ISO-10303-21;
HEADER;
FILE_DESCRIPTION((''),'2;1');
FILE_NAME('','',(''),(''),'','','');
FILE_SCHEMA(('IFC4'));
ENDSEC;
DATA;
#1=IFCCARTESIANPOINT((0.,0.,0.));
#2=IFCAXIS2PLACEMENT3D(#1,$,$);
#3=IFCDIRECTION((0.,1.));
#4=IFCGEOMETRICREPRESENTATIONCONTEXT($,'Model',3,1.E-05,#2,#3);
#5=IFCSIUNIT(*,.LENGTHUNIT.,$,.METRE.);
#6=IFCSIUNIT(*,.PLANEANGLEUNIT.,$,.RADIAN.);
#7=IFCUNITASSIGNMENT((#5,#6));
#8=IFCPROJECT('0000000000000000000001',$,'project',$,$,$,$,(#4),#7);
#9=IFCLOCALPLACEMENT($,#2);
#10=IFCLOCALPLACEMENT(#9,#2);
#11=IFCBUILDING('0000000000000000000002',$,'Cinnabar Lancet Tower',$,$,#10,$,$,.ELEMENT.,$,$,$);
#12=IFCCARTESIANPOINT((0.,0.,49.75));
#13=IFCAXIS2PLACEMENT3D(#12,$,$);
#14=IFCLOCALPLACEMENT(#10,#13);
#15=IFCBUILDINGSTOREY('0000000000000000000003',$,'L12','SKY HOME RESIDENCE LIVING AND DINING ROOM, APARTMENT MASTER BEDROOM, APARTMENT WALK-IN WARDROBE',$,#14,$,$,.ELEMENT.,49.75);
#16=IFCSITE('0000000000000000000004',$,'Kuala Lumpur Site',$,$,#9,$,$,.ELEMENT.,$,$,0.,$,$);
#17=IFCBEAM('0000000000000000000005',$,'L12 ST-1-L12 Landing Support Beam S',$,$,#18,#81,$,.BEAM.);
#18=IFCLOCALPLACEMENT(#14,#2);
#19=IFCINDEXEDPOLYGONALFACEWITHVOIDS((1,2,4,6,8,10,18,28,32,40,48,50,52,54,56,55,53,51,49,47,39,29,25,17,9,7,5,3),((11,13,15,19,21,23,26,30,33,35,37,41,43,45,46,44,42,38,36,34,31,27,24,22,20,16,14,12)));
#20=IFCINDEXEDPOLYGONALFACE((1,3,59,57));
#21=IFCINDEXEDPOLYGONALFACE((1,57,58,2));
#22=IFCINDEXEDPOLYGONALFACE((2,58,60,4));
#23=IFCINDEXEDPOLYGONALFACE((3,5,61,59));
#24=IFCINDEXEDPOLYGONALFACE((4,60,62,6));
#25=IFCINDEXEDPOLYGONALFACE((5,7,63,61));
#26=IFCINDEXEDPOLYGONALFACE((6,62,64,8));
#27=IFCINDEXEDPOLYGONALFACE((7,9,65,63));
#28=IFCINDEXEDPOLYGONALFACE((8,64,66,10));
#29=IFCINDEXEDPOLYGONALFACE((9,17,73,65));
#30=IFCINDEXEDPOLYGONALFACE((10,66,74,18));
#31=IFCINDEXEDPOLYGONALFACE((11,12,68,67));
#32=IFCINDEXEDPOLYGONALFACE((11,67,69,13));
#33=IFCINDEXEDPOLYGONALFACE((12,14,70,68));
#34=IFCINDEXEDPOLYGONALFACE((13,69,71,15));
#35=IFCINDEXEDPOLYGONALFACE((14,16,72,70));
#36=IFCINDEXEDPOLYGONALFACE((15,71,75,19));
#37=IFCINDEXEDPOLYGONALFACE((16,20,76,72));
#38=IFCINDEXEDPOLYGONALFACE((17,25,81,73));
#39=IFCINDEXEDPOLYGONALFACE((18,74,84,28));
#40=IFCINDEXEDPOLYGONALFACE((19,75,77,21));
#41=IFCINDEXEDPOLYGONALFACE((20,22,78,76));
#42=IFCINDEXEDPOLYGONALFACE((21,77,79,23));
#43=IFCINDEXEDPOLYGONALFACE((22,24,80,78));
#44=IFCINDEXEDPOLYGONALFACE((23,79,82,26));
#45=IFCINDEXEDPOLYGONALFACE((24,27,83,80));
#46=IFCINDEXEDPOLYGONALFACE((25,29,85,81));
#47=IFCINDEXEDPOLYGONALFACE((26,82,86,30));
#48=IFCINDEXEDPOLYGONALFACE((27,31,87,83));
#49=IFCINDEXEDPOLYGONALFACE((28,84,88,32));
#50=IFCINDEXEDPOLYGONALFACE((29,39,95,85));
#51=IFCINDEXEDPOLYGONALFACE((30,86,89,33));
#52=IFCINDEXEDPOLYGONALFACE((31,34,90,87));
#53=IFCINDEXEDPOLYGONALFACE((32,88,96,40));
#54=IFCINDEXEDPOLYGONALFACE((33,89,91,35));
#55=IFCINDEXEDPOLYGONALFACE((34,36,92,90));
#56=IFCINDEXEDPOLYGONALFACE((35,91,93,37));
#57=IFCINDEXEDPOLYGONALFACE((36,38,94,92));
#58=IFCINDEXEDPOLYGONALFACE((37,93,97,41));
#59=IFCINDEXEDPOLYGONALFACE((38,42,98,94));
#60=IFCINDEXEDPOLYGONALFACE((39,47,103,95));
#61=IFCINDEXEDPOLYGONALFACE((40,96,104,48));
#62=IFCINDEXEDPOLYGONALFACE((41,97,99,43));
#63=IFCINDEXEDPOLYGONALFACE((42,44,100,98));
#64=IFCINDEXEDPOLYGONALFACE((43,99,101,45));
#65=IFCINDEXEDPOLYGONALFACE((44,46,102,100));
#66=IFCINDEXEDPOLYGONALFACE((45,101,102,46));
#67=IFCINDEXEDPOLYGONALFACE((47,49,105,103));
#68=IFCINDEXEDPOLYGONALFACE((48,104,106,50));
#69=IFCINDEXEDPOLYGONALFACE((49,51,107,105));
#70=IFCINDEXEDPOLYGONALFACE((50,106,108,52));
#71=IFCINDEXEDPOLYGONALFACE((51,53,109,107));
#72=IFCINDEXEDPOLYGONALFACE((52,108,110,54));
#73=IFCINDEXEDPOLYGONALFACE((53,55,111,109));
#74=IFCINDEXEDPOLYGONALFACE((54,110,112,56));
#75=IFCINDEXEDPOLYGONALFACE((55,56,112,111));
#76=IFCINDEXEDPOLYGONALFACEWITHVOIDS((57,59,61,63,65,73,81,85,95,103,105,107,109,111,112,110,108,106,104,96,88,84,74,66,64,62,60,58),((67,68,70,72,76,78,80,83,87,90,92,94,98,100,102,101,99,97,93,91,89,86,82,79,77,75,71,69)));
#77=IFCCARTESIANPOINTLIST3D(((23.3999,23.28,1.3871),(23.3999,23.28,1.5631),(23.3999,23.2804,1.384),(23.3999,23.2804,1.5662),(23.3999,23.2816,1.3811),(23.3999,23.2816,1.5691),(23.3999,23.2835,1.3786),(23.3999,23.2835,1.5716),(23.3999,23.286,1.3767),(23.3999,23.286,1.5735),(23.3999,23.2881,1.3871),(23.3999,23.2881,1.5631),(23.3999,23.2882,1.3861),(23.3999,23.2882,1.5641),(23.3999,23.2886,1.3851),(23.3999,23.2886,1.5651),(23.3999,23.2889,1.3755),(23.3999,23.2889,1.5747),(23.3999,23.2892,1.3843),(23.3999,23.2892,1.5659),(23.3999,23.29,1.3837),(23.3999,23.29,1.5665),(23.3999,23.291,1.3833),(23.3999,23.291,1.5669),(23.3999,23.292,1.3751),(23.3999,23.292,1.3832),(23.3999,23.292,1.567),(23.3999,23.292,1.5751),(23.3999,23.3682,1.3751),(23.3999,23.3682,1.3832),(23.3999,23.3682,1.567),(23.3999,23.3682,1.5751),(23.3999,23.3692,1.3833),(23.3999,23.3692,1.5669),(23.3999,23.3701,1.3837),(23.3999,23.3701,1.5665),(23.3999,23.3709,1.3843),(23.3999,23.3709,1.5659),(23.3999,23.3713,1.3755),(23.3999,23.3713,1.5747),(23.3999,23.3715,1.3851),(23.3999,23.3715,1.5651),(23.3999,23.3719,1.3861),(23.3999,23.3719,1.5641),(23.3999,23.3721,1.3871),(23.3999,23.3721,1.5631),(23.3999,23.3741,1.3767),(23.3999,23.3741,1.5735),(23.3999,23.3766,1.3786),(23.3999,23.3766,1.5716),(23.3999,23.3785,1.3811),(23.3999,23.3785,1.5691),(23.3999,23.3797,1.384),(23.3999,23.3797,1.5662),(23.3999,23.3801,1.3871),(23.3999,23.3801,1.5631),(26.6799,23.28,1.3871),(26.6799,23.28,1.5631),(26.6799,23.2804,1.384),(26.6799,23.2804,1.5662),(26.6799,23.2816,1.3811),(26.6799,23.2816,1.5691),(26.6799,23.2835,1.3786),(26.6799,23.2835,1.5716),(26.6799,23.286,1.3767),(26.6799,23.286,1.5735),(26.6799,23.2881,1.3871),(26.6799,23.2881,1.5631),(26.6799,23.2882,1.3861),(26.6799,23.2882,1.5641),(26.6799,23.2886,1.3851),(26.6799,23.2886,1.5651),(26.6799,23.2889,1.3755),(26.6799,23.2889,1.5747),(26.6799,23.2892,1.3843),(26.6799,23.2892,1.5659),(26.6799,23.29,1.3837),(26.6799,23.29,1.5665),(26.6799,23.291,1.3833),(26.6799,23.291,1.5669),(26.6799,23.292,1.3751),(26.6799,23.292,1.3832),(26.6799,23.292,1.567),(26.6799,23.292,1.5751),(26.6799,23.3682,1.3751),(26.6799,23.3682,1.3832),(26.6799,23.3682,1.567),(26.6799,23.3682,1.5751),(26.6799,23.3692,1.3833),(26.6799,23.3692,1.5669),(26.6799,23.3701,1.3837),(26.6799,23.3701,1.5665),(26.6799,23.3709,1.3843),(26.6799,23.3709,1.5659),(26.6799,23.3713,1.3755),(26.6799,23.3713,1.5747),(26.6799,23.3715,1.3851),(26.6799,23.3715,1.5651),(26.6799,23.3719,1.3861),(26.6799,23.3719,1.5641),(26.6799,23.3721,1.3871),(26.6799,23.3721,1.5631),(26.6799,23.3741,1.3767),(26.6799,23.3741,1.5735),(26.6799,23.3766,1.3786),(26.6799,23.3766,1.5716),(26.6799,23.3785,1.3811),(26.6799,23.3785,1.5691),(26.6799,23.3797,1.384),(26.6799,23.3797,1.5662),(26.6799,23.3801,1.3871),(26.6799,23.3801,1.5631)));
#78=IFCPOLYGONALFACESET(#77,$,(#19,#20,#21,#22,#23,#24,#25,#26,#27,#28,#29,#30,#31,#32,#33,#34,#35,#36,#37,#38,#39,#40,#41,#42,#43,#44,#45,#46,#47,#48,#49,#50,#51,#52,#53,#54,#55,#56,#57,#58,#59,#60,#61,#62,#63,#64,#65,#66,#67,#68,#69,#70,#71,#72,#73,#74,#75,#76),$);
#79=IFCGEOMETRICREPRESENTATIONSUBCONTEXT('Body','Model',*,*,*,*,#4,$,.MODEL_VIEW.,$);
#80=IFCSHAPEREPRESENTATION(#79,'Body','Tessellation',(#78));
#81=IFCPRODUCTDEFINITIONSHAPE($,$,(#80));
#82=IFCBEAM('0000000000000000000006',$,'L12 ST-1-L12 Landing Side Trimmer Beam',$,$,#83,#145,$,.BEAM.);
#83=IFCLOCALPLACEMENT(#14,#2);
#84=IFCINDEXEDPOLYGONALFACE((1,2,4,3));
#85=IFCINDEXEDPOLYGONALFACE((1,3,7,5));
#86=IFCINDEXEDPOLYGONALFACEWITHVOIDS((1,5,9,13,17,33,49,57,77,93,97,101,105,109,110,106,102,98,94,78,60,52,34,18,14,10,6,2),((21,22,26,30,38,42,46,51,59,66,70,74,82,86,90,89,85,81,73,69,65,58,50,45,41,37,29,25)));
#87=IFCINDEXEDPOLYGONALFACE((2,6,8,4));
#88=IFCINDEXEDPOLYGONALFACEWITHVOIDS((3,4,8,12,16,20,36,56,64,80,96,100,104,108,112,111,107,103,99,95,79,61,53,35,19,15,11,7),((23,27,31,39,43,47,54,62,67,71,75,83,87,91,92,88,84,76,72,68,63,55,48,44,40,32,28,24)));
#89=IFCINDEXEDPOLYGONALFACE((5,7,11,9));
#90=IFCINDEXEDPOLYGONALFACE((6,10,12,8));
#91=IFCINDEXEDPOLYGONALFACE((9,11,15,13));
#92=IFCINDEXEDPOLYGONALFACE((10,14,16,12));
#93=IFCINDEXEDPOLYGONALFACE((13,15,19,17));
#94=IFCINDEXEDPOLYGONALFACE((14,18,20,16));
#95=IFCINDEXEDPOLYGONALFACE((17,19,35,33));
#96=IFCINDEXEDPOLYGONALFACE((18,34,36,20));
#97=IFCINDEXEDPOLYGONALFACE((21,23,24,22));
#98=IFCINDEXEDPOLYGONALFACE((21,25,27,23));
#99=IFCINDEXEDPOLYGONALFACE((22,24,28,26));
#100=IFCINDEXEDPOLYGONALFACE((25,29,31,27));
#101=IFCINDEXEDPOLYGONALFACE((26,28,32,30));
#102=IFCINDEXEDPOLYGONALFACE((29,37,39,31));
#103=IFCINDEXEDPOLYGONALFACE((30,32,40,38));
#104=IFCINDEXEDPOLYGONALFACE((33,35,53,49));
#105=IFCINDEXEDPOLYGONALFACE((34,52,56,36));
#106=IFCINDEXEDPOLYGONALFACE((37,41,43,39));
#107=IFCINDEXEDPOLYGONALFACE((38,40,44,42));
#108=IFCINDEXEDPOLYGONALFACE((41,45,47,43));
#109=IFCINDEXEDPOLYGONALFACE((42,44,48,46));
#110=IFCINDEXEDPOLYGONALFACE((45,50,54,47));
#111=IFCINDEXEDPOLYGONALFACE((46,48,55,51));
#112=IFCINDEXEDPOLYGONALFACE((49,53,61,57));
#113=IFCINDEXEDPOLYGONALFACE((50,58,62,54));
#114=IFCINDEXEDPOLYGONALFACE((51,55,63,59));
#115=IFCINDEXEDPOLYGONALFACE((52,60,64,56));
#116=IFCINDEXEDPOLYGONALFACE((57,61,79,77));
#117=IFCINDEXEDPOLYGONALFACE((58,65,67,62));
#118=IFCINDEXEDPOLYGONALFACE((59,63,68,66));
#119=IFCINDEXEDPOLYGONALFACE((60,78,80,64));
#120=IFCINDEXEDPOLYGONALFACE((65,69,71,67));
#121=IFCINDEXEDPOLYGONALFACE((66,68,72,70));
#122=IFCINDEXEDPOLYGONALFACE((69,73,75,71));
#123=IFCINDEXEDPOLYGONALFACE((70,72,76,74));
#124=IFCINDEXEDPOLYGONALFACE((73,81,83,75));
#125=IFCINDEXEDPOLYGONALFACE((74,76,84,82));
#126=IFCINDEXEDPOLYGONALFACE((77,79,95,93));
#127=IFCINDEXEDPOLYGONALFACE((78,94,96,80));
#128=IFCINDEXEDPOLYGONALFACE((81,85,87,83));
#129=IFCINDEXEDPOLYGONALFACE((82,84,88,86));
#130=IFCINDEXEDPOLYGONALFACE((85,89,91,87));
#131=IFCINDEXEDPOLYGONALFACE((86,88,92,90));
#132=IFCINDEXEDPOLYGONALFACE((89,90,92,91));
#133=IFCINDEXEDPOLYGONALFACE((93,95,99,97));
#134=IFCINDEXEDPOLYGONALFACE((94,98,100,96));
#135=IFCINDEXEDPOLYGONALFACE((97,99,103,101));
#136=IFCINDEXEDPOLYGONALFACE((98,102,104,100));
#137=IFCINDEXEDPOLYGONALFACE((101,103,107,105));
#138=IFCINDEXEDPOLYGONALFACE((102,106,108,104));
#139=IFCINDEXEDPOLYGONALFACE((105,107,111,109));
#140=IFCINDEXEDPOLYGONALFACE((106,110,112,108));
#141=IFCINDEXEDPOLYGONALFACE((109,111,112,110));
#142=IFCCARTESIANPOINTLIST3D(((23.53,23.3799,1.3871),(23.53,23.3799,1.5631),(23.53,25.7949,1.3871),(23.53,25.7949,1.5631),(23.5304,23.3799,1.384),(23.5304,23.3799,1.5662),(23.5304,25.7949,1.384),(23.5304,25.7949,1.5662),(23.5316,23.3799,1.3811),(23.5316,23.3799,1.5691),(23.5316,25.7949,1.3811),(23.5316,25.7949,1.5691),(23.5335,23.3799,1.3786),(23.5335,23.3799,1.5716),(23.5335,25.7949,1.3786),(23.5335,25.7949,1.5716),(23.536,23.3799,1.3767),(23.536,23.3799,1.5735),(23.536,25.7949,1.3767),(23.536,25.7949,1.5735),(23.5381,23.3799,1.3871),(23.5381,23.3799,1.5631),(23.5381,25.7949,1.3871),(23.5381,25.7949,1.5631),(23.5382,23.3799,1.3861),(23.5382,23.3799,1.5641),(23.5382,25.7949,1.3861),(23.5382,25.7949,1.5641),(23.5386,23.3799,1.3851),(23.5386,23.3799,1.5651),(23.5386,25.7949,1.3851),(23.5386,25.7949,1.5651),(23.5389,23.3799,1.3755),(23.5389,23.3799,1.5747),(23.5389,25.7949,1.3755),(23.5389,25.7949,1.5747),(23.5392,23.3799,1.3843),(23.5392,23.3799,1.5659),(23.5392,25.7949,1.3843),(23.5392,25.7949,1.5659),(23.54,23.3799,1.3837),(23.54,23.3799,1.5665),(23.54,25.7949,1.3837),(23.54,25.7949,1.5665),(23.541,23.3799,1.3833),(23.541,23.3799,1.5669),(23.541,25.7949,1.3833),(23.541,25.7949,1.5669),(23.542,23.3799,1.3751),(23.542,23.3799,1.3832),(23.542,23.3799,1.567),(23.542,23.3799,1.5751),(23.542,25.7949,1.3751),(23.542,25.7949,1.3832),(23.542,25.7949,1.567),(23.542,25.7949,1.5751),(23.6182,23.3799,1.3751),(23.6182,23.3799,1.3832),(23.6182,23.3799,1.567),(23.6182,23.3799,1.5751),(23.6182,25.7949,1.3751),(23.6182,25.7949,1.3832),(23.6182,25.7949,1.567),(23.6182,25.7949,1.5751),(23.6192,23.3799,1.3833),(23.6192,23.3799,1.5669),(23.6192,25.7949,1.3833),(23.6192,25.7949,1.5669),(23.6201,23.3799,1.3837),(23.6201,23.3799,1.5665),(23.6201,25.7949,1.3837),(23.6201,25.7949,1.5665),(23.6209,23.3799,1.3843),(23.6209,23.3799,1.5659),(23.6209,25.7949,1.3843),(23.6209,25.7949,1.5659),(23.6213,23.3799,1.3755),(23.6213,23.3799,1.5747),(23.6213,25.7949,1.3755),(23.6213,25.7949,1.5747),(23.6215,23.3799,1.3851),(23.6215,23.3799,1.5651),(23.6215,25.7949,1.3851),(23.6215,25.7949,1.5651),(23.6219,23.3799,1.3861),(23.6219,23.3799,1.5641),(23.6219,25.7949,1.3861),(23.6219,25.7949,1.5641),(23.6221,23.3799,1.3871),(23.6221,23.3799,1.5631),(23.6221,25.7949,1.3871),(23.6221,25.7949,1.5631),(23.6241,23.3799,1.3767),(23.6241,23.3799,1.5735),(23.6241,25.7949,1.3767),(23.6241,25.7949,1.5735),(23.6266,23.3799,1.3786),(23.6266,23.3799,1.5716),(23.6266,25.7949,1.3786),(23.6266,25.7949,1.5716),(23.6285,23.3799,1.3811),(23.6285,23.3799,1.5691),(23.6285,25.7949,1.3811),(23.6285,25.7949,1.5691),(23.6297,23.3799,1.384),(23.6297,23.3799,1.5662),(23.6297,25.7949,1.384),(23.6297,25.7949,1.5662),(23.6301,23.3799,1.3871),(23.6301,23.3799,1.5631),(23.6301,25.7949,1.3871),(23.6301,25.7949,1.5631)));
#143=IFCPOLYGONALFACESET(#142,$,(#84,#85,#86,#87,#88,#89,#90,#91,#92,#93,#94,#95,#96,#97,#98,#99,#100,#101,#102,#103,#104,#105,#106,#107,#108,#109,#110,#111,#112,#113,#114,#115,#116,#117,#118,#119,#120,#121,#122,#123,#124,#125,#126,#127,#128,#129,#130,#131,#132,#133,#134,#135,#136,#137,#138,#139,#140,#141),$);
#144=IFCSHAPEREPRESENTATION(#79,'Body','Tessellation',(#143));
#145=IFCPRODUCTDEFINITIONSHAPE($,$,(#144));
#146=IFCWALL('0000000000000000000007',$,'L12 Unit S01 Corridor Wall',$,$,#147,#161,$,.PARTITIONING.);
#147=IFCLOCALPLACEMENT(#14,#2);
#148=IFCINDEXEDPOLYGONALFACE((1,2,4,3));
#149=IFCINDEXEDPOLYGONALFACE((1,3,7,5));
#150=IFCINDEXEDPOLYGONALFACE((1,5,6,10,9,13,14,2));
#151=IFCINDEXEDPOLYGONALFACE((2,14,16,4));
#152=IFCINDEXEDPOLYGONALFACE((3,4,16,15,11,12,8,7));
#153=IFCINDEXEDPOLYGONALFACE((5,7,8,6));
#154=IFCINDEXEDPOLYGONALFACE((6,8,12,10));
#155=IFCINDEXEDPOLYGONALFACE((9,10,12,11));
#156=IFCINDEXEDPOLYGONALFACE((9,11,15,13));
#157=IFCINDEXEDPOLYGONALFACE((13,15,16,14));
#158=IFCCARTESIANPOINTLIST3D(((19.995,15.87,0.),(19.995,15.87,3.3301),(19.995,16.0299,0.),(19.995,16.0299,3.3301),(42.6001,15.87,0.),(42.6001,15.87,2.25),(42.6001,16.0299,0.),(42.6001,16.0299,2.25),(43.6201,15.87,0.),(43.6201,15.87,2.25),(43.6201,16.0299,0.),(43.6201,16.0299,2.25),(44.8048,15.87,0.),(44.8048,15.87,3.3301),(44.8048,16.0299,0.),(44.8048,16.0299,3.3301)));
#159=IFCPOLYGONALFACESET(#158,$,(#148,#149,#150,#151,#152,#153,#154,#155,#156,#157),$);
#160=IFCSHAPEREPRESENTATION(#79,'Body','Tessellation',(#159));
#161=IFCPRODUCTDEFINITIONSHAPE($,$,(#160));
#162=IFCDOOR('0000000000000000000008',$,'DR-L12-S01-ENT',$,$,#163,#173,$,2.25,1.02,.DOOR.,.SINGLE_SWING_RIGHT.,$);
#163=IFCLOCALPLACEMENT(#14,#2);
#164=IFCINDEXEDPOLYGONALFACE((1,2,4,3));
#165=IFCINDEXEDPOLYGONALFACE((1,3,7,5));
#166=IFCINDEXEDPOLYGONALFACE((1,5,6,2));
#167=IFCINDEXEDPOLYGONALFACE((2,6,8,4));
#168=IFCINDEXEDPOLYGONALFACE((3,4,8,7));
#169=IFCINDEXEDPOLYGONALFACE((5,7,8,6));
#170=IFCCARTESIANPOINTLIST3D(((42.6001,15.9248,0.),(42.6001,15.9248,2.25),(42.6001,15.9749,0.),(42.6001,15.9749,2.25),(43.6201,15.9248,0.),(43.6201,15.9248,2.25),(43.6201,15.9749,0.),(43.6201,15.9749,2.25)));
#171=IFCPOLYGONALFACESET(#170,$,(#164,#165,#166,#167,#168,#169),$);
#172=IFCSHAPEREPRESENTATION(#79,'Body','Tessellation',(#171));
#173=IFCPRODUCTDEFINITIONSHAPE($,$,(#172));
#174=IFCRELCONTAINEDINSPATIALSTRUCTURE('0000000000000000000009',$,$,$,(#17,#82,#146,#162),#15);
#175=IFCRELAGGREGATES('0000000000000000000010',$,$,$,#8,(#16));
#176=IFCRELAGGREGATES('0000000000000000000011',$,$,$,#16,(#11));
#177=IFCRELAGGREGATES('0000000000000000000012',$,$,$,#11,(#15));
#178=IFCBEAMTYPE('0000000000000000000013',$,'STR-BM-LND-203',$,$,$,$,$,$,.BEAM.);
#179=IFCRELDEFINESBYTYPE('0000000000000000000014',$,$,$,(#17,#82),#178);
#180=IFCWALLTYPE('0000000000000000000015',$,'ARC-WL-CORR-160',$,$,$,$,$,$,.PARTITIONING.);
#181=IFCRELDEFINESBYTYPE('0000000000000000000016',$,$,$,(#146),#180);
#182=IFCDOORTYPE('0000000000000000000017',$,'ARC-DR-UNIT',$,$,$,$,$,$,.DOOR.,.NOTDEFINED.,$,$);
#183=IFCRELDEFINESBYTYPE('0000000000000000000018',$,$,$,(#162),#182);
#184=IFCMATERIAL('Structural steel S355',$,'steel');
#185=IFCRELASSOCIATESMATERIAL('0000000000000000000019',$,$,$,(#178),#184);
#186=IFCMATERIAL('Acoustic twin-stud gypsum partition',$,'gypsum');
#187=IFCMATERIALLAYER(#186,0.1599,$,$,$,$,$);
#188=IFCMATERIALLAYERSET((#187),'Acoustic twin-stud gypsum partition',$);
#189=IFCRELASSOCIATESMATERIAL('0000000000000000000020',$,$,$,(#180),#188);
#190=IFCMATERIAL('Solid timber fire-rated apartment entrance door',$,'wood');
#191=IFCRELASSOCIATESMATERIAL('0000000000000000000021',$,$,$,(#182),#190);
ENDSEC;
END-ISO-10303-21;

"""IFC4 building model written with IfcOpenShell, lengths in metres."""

from ifc_helpers import new_model, si_unit, direction, frame, frame_2d, origin, origin_2d, place, context, subcontext, project, spatial, rectangle, hollow_rectangle, extrude, material, layer, layer_set, material_profile, profile_set, type_object, element, fill, save


model = new_model("IFC4")

# Units and contexts
model_context = context("Model", 3, precision=1e-05, world=origin(), true_north=direction((0.0, 1.0)))
body_context = subcontext(model_context, "Body", "Model", "MODEL_VIEW")
ifc_project = project(units=[si_unit("LENGTHUNIT", "METRE"), si_unit("PLANEANGLEUNIT", "RADIAN")], contexts=[model_context])

# Site, building, storey
site_placement = place(None, origin())
site = spatial("IfcSite", under=ifc_project, at=site_placement, Name="Kuala Lumpur Site", CompositionType="ELEMENT", RefElevation=0.0)
building_placement = place(site_placement, origin())
building = spatial("IfcBuilding", under=site, at=building_placement, Name="Cinnabar Lancet Tower", CompositionType="ELEMENT")
storey_placement = place(building_placement, frame((0.0, 0.0, 49.75)))
storey = spatial("IfcBuildingStorey", under=building, at=storey_placement, Name="L12", Description="SKY HOME RESIDENCE LIVING AND DINING ROOM, APARTMENT MASTER BEDROOM, APARTMENT WALK-IN WARDROBE", CompositionType="ELEMENT", Elevation=49.75)

# Beams
ifc_material_1 = material(Name="Structural steel S355", Category="steel")
ifc_material_profile_1 = material_profile(ifc_material_1, hollow_rectangle(XDim=0.1001, YDim=0.2, WallThickness=0.0081, InnerFilletRadius=0.0039, OuterFilletRadius=0.012, at=origin_2d()), Name="RHS 200x100x8")
ifc_profile_set_1 = profile_set([ifc_material_profile_1], Name="Structural steel S355")
beam_type_1 = type_object("IfcBeamType", Name="STR-BM-LND-203", PredefinedType="BEAM", material=ifc_profile_set_1)
beam_1_placement = place(storey_placement, frame((23.3999, 23.3301, 1.4751), z_axis=(1.0, 0.0, 0.0), x_axis=(0.0, 1.0, 0.0)))
element("IfcBeam", 1, at=beam_1_placement, inside=storey, type_object=beam_type_1, Name="L12 ST-1-L12 Landing Support Beam S", PredefinedType="BEAM", context=body_context, shape_type="SweptSolid", body=[
    extrude(hollow_rectangle(XDim=0.1001, YDim=0.2, WallThickness=0.0081, InnerFilletRadius=0.0039, OuterFilletRadius=0.012, at=origin_2d()), origin(), (0.0, 0.0, 1.0), 3.28),
])
beam_2_placement = place(storey_placement, frame((23.5801, 23.3799, 1.4751), z_axis=(0.0, 1.0, 0.0), x_axis=(-1.0, 0.0, 0.0)))
element("IfcBeam", 2, at=beam_2_placement, inside=storey, type_object=beam_type_1, Name="L12 ST-1-L12 Landing Side Trimmer Beam", PredefinedType="BEAM", context=body_context, shape_type="SweptSolid", body=[
    extrude(hollow_rectangle(XDim=0.1001, YDim=0.2, WallThickness=0.0081, InnerFilletRadius=0.0039, OuterFilletRadius=0.012, at=origin_2d()), origin(), (0.0, 0.0, 1.0), 2.415),
])

# Wall, opening, door
ifc_material_2 = material(Name="Acoustic twin-stud gypsum partition", Category="gypsum")
ifc_layer_1 = layer(ifc_material_2, 0.1599)
ifc_layer_set_1 = layer_set([ifc_layer_1], Name="Acoustic twin-stud gypsum partition")
wall_type_1 = type_object("IfcWallType", Name="ARC-WL-CORR-160", PredefinedType="PARTITIONING", material=ifc_layer_set_1)
wall_1_placement = place(storey_placement, frame((19.9951, 15.95, 0.0), z_axis=(0.0, 0.0, 1.0), x_axis=(1.0, 0.0, 0.0)))
wall_1 = element("IfcWall", 3, at=wall_1_placement, inside=storey, type_object=wall_type_1, Name="L12 Unit S01 Corridor Wall", PredefinedType="PARTITIONING", context=body_context, shape_type="SweptSolid", body=[
    extrude(rectangle(XDim=24.8098, YDim=0.1599, at=frame_2d((12.4048, 0.0))), origin(), (0.0, 0.0, 1.0), 3.3301),
])
opening_1_placement = place(wall_1_placement, frame((22.605, 0.0, 0.0)))
opening_1 = element("IfcOpeningElement", 4, at=opening_1_placement, cuts=wall_1, PredefinedType="OPENING", context=body_context, shape_type="SweptSolid", body=[
    extrude(rectangle(XDim=1.02, YDim=2.25, at=frame_2d((0.51, 1.125))), frame((0.0, 0.0898, 0.0), z_axis=(0.0, -1.0, 0.0), x_axis=(1.0, 0.0, 0.0)), (0.0, 0.0, 1.0), 0.1799),
])
ifc_material_3 = material(Name="Solid timber fire-rated apartment entrance door", Category="wood")
door_type_1 = type_object("IfcDoorType", Name="ARC-DR-UNIT", OperationType="NOTDEFINED", PredefinedType="DOOR", material=ifc_material_3)
door_1_placement = place(opening_1_placement, origin())
door_1 = element("IfcDoor", 5, at=door_1_placement, inside=storey, type_object=door_type_1, Name="DR-L12-S01-ENT", OperationType="SINGLE_SWING_RIGHT", OverallHeight=2.25, OverallWidth=1.02, PredefinedType="DOOR", context=body_context, shape_type="SweptSolid", body=[
    extrude(rectangle(XDim=1.02, YDim=2.25, at=frame_2d((0.51, 1.125))), frame((0.0, 0.0249, 0.0), z_axis=(0.0, -1.0, 0.0), x_axis=(1.0, 0.0, 0.0)), (0.0, 0.0, 1.0), 0.05),
])
fill(opening_1, door_1)

save(model, "model.ifc")
